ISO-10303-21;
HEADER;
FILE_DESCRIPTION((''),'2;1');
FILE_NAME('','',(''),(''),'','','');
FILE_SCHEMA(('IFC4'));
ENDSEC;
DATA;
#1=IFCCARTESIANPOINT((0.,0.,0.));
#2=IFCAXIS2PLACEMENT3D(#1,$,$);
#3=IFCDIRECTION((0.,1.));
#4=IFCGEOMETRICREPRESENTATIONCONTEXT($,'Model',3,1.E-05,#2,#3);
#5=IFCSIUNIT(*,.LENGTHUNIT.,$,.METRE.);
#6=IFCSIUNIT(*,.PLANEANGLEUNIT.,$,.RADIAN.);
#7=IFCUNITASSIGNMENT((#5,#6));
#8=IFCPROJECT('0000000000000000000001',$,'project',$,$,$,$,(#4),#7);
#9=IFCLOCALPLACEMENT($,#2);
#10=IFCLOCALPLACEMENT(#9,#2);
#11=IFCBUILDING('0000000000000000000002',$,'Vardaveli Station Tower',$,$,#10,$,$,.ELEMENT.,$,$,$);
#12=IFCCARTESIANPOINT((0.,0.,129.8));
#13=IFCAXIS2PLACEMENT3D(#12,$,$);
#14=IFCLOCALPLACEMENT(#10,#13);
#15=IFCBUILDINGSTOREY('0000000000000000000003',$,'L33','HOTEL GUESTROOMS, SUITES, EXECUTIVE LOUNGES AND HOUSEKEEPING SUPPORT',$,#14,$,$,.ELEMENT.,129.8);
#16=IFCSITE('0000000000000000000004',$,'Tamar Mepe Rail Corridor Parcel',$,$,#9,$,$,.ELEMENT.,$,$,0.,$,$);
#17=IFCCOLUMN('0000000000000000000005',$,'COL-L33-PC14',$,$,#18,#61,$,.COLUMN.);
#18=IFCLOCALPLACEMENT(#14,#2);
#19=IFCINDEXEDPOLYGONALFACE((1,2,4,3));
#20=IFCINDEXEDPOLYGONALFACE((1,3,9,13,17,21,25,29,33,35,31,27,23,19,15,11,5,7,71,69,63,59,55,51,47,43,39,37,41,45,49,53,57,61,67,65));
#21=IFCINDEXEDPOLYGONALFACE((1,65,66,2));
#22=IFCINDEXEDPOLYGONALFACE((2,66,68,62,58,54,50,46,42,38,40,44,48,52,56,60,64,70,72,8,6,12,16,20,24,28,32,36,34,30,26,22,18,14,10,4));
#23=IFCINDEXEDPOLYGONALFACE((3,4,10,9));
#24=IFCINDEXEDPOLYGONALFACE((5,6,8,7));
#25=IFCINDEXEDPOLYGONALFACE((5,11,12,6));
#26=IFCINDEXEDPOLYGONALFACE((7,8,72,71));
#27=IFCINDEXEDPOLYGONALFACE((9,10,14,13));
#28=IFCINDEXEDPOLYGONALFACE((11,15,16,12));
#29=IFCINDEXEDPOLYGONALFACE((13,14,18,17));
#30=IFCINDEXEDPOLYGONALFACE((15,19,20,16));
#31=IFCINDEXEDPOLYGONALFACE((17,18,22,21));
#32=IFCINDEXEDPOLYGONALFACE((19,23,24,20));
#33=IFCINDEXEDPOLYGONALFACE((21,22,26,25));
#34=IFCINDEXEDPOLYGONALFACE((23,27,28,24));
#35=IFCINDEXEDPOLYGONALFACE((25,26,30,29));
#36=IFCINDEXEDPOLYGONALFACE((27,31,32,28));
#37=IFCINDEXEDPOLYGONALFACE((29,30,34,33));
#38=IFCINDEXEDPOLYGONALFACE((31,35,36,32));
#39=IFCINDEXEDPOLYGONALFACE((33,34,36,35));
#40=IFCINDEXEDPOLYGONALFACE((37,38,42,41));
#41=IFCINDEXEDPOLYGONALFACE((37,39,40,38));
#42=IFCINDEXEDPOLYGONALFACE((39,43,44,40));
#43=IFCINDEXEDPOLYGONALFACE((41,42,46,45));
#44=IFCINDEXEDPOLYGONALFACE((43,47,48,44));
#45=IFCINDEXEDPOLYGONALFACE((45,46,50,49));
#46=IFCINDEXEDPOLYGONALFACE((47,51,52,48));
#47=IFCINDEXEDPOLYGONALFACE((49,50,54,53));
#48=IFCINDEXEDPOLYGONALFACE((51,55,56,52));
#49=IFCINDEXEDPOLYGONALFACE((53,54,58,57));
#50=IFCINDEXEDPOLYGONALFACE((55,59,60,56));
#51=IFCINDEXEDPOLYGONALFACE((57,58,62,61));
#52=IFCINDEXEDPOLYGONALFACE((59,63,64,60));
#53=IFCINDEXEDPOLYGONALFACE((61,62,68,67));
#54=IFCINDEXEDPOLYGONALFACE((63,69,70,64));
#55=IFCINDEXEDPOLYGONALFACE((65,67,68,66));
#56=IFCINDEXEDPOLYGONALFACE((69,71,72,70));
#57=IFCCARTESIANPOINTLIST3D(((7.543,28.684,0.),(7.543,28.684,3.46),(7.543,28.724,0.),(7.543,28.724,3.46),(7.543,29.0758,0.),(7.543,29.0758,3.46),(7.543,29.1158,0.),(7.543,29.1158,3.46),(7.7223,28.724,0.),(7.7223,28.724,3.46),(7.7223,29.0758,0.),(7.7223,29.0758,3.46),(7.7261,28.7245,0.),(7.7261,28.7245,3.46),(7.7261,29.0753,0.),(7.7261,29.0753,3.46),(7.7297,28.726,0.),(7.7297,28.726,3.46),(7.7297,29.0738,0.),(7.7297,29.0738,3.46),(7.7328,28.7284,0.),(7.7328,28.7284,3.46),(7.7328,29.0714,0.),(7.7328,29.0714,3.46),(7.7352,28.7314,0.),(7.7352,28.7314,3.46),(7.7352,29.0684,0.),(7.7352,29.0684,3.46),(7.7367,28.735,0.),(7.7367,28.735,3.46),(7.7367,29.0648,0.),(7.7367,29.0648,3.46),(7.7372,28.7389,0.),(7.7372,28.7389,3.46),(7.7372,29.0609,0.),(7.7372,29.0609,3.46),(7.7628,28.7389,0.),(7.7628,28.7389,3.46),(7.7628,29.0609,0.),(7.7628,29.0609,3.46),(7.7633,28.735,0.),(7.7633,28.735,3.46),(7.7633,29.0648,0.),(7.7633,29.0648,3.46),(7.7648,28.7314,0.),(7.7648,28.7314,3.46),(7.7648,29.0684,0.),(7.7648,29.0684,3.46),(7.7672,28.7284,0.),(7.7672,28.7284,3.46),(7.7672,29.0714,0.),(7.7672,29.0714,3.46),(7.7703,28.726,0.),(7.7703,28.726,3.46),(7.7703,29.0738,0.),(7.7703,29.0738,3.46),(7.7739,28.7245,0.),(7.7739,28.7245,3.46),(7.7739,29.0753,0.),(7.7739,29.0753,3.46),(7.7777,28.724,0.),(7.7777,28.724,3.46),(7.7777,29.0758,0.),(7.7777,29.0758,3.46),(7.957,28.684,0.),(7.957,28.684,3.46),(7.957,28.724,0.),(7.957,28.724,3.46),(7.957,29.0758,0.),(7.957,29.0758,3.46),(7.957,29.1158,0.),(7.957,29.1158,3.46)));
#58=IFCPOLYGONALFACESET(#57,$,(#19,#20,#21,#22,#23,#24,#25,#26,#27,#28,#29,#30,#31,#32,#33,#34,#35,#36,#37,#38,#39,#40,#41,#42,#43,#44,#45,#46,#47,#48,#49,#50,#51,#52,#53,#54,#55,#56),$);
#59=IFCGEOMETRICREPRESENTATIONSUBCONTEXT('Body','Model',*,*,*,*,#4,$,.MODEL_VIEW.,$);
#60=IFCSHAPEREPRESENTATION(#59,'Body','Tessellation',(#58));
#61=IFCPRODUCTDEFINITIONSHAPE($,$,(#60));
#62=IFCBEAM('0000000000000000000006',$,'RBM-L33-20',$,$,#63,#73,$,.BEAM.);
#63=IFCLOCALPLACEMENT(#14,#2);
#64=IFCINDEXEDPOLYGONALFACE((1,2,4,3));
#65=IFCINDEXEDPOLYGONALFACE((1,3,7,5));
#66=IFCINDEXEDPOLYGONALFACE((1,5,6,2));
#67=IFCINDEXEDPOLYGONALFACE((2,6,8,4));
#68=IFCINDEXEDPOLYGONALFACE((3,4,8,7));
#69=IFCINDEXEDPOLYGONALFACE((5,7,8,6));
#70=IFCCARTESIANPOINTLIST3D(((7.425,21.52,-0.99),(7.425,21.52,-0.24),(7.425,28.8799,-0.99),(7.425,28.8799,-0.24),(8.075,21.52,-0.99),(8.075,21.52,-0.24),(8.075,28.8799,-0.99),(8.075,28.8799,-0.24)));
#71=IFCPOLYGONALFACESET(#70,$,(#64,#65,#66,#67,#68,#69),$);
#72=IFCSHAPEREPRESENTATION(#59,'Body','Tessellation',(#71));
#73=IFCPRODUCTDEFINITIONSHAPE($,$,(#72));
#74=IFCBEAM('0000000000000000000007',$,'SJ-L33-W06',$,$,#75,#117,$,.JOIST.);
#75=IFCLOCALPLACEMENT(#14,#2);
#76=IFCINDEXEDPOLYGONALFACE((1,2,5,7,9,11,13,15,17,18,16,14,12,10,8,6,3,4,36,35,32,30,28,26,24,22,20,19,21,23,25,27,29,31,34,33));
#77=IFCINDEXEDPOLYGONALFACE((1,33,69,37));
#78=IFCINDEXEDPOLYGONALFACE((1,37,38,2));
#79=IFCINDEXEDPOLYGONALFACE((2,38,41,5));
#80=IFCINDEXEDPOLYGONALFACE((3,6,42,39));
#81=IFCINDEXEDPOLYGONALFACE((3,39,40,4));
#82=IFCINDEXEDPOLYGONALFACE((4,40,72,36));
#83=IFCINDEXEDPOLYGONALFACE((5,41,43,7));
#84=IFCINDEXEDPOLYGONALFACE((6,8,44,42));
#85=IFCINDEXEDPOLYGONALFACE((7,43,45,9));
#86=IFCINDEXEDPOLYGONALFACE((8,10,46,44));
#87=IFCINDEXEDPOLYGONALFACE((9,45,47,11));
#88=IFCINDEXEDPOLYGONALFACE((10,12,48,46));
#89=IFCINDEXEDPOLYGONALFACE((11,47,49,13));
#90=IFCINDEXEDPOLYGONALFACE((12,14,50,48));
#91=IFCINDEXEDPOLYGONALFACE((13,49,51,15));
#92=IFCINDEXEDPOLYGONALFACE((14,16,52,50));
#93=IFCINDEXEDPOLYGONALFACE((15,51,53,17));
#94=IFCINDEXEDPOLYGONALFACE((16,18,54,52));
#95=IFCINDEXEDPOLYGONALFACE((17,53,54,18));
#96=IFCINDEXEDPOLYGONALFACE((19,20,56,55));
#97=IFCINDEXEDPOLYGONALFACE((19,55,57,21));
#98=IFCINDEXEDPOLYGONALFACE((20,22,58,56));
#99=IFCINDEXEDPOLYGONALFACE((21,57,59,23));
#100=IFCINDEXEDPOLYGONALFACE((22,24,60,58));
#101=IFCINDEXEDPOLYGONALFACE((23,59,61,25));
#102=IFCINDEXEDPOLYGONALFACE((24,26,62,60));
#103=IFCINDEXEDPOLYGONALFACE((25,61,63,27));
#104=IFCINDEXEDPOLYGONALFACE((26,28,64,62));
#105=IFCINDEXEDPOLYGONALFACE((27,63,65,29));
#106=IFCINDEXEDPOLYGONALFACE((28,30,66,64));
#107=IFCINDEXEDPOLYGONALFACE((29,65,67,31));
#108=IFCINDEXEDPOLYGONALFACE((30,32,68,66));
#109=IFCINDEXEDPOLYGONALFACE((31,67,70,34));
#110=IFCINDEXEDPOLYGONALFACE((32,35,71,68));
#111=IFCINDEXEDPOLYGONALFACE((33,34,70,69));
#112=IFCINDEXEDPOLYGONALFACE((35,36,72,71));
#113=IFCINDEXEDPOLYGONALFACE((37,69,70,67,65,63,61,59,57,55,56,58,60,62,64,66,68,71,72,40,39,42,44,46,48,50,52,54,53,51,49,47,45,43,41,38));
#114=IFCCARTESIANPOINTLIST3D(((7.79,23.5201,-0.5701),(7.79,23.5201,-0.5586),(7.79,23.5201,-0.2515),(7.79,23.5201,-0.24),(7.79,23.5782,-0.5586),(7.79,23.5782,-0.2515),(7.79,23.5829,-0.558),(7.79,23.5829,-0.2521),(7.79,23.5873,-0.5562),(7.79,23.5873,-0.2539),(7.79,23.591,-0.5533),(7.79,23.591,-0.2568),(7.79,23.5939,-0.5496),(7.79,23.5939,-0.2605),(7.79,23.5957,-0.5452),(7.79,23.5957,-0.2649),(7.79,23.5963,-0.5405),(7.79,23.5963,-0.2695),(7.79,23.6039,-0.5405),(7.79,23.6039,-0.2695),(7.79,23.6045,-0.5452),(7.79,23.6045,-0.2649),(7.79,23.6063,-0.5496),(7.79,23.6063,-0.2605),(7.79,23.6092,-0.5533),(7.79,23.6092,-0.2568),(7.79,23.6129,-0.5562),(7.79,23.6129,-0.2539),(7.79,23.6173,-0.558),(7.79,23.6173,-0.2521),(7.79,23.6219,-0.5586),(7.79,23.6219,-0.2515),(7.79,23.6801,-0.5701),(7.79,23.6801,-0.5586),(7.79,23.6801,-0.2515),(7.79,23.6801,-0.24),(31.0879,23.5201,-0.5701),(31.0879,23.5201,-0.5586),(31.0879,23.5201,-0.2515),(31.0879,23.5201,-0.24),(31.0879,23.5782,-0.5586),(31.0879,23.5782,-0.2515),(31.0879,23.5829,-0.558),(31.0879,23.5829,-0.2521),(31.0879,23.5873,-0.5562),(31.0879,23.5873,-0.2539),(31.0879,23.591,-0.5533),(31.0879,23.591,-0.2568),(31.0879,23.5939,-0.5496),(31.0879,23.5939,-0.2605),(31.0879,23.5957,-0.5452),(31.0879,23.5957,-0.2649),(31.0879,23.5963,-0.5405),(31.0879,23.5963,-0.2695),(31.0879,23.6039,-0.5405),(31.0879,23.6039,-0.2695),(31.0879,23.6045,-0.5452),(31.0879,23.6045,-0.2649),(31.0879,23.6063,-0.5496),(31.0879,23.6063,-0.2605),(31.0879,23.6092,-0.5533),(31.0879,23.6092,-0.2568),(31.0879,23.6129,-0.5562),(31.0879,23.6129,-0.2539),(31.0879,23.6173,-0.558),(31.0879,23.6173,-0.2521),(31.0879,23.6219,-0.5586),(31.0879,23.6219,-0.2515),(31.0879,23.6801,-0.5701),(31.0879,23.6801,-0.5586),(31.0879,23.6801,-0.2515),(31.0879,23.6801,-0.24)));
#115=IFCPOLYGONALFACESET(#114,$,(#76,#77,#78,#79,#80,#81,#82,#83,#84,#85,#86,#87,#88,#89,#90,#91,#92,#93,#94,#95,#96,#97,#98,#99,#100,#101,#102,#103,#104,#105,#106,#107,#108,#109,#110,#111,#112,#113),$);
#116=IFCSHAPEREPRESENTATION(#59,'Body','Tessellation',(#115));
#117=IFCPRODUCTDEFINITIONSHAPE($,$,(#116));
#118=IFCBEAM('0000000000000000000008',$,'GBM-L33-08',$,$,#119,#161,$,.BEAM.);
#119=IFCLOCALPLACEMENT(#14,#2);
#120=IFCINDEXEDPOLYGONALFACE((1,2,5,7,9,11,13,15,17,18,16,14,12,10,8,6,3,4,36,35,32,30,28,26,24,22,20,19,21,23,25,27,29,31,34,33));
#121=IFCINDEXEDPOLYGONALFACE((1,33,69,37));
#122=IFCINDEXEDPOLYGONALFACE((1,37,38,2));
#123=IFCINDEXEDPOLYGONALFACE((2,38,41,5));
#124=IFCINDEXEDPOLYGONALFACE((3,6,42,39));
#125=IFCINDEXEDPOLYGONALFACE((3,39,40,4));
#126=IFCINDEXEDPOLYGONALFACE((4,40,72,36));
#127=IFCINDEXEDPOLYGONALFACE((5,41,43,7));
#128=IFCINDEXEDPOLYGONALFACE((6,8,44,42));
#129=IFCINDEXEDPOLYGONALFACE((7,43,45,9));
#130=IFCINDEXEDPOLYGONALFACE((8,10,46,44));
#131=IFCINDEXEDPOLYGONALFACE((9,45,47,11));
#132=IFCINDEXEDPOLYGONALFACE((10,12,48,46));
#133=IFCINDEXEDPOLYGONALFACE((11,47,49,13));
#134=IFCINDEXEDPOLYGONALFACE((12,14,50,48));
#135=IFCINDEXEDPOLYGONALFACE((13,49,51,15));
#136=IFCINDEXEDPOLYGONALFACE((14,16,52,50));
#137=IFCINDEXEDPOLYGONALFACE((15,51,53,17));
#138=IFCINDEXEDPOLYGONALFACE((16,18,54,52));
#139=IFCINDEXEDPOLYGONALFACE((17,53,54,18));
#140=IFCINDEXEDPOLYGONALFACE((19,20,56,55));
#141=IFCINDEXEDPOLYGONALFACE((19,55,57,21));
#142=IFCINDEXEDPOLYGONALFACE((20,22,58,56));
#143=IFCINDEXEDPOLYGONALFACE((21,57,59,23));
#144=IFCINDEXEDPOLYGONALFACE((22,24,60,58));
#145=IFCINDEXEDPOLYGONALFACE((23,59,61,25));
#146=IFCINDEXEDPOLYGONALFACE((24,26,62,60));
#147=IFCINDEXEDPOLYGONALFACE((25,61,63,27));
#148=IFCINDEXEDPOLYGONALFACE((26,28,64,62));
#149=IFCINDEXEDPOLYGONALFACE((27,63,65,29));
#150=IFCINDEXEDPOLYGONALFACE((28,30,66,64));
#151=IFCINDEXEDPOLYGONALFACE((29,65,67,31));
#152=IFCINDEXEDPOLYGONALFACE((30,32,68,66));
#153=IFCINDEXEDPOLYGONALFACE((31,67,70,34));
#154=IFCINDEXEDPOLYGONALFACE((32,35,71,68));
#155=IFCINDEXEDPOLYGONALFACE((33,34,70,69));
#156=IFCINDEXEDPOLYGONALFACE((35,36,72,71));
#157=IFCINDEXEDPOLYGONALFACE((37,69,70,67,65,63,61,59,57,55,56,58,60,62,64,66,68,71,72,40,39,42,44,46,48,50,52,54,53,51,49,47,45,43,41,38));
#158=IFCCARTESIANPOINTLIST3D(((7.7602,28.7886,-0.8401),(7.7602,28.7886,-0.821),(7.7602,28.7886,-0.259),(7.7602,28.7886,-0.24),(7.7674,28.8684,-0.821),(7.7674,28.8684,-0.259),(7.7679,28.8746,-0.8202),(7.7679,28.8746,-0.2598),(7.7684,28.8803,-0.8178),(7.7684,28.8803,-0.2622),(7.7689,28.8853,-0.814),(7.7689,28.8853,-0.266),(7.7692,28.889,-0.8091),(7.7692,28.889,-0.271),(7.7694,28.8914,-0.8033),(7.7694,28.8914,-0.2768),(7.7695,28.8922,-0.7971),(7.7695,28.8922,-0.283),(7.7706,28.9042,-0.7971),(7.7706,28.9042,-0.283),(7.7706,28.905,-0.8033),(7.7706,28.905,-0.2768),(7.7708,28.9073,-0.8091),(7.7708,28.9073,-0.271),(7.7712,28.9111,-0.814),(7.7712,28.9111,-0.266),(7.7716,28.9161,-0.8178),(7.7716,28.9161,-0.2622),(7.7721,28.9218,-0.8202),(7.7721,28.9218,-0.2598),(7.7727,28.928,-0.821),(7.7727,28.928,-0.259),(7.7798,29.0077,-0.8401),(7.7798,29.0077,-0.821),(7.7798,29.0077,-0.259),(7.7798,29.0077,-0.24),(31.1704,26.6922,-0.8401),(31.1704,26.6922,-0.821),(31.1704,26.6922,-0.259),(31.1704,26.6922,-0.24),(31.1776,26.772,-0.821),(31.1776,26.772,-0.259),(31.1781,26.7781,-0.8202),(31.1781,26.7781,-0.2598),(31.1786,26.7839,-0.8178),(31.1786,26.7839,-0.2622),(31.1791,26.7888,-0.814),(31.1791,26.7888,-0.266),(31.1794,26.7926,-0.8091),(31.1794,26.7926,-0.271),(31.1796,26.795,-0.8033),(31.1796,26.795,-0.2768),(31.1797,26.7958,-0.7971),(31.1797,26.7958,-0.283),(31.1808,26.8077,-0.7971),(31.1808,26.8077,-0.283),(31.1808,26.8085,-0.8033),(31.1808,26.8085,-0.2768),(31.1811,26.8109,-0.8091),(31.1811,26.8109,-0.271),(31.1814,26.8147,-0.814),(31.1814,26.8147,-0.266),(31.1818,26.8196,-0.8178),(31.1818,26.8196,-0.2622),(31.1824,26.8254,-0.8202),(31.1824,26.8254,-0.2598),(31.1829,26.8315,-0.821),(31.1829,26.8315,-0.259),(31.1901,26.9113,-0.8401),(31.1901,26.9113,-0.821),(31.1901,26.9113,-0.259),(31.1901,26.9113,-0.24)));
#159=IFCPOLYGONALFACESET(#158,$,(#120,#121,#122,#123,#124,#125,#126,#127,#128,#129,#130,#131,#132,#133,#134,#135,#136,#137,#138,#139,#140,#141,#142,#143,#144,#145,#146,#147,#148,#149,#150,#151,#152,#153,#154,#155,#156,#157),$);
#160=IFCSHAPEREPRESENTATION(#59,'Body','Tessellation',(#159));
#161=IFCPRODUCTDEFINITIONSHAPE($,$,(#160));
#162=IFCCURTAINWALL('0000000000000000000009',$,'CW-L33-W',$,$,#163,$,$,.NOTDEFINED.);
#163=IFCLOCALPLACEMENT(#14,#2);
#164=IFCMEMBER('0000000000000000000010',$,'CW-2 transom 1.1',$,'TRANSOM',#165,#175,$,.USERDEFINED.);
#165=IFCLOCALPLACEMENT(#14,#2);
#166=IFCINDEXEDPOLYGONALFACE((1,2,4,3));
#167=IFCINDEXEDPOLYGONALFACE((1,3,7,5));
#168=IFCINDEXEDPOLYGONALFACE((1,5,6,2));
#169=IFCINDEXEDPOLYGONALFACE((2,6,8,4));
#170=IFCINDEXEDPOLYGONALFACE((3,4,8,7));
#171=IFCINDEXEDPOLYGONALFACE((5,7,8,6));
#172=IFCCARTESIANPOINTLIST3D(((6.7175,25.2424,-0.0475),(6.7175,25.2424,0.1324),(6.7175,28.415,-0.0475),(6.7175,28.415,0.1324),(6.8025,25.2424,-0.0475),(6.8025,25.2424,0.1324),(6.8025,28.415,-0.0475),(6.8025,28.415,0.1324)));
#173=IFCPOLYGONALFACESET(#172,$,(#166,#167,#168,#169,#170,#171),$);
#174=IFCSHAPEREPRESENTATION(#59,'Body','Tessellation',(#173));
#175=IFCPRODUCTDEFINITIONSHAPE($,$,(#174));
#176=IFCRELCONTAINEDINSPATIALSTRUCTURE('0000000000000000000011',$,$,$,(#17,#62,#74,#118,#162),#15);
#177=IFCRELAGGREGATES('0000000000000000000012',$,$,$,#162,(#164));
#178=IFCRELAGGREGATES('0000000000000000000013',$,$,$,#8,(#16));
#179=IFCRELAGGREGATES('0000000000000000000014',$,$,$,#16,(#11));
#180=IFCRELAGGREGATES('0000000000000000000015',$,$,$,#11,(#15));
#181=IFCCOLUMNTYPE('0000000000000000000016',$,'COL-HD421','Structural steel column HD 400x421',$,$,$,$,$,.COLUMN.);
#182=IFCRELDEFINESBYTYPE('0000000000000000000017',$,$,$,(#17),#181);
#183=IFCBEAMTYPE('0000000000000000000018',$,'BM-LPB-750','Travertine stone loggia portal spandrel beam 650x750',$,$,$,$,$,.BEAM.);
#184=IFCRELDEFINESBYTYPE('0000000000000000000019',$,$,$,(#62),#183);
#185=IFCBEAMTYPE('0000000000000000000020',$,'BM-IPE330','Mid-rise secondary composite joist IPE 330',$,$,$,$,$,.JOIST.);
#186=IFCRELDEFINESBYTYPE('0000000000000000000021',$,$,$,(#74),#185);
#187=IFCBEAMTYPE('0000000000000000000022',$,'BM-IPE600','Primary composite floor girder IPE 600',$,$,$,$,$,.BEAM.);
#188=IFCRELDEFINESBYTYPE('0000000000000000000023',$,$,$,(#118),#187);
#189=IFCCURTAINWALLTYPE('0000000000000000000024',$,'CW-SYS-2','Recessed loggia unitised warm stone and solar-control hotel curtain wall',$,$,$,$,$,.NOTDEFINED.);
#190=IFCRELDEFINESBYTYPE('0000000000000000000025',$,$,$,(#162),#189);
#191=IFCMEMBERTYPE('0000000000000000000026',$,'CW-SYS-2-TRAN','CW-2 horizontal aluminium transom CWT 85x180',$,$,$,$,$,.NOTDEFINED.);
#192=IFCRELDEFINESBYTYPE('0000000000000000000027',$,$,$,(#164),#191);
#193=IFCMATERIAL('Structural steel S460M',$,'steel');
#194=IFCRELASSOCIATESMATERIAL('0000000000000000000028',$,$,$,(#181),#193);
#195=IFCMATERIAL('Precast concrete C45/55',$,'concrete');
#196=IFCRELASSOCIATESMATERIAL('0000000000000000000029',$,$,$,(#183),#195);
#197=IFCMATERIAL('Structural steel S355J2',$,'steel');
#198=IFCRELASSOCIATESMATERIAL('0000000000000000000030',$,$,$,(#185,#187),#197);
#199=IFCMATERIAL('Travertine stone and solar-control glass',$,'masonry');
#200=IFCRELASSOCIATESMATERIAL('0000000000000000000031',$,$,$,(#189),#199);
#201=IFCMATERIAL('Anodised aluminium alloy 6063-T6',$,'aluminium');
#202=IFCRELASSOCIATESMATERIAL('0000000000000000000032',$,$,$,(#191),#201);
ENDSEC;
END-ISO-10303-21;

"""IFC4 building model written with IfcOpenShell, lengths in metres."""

from ifc_helpers import new_model, si_unit, direction, frame, origin, origin_2d, place, context, subcontext, project, spatial, rectangle, i_section, extrude, source, transform, mapped, material, material_profile, profile_set, type_object, element, aggregate, save


model = new_model("IFC4")

# Units and contexts
model_context = context("Model", 3, precision=1e-05, world=origin(), true_north=direction((0.0, 1.0)))
body_context = subcontext(model_context, "Body", "Model", "MODEL_VIEW")
ifc_project = project(units=[si_unit("LENGTHUNIT", "METRE"), si_unit("PLANEANGLEUNIT", "RADIAN")], contexts=[model_context])

# Site, building, storey
site_placement = place(None, origin())
site = spatial("IfcSite", under=ifc_project, at=site_placement, Name="Tamar Mepe Rail Corridor Parcel", CompositionType="ELEMENT", RefElevation=0.0)
building_placement = place(site_placement, origin())
building = spatial("IfcBuilding", under=site, at=building_placement, Name="Vardaveli Station Tower", CompositionType="ELEMENT")
storey_placement = place(building_placement, frame((0.0, 0.0, 129.8)))
storey = spatial("IfcBuildingStorey", under=building, at=storey_placement, Name="L33", Description="HOTEL GUESTROOMS, SUITES, EXECUTIVE LOUNGES AND HOUSEKEEPING SUPPORT", CompositionType="ELEMENT", Elevation=129.8)

# Column
ifc_material_1 = material(Name="Structural steel S460M", Category="steel")
ifc_material_profile_1 = material_profile(ifc_material_1, i_section(OverallWidth=0.4141, OverallDepth=0.4319, WebThickness=0.0256, FlangeThickness=0.04, FilletRadius=0.0149, at=origin_2d()), Name="HD 400x421")
ifc_profile_set_1 = profile_set([ifc_material_profile_1], Name="Structural steel S460M")
column_type = type_object("IfcColumnType", Name="COL-HD421", Description="Structural steel column HD 400x421", PredefinedType="COLUMN", material=ifc_profile_set_1)
shared_shape_1 = source(origin(), body_context, "Body", "SweptSolid", [
    extrude(i_section(OverallWidth=0.4141, OverallDepth=0.4319, WebThickness=0.0256, FlangeThickness=0.04, FilletRadius=0.0149, at=origin_2d()), origin(), (0.0, 0.0, 1.0), 3.46),
])
column_placement = place(storey_placement, frame((7.75, 28.8999, 0.0), z_axis=(0.0, 0.0, 1.0), x_axis=(1.0, 0.0, 0.0)))
element("IfcColumn", 1, at=column_placement, inside=storey, type_object=column_type, Name="COL-L33-PC14", PredefinedType="COLUMN", context=body_context, shape_type="MappedRepresentation", body=[
    mapped(shared_shape_1, transform((0.0, 0.0, 0.0), scale=1.0)),
])

# Beams
ifc_material_2 = material(Name="Precast concrete C45/55", Category="concrete")
ifc_material_profile_2 = material_profile(ifc_material_2, rectangle(XDim=0.6499, YDim=0.75, at=origin_2d()), Name="LPB 650x750")
ifc_profile_set_2 = profile_set([ifc_material_profile_2], Name="Precast concrete C45/55")
beam_type_1 = type_object("IfcBeamType", Name="BM-LPB-750", Description="Travertine stone loggia portal spandrel beam 650x750", PredefinedType="BEAM", material=ifc_profile_set_2)
shared_shape_2 = source(origin(), body_context, "Body", "SweptSolid", [
    extrude(rectangle(XDim=0.6499, YDim=0.75, at=origin_2d()), origin(), (0.0, 0.0, 1.0), 7.3599),
])
beam_1_placement = place(storey_placement, frame((7.75, 28.8799, -0.615), z_axis=(0.0, -1.0, 0.0), x_axis=(1.0, 0.0, 0.0)))
element("IfcBeam", 2, at=beam_1_placement, inside=storey, type_object=beam_type_1, Name="RBM-L33-20", PredefinedType="BEAM", context=body_context, shape_type="MappedRepresentation", body=[
    mapped(shared_shape_2, transform((0.0, 0.0, 0.0), scale=1.0)),
])
ifc_material_3 = material(Name="Structural steel S355J2", Category="steel")
ifc_material_profile_3 = material_profile(ifc_material_3, i_section(OverallWidth=0.1599, OverallDepth=0.3301, WebThickness=0.0076, FlangeThickness=0.0115, FilletRadius=0.0181, at=origin_2d()), Name="IPE 330")
ifc_profile_set_3 = profile_set([ifc_material_profile_3], Name="Structural steel S355J2")
beam_type_2 = type_object("IfcBeamType", Name="BM-IPE330", Description="Mid-rise secondary composite joist IPE 330", PredefinedType="JOIST", material=ifc_profile_set_3)
shared_shape_3 = source(origin(), body_context, "Body", "SweptSolid", [
    extrude(i_section(OverallWidth=0.1599, OverallDepth=0.3301, WebThickness=0.0076, FlangeThickness=0.0115, FilletRadius=0.0181, at=origin_2d()), origin(), (0.0, 0.0, 1.0), 23.2979),
])
beam_2_placement = place(storey_placement, frame((7.79, 23.6001, -0.405), z_axis=(1.0, 0.0, 0.0), x_axis=(0.0, 1.0, 0.0)))
element("IfcBeam", 3, at=beam_2_placement, inside=storey, type_object=beam_type_2, Name="SJ-L33-W06", PredefinedType="JOIST", context=body_context, shape_type="MappedRepresentation", body=[
    mapped(shared_shape_3, transform((0.0, 0.0, 0.0), scale=1.0)),
])
ifc_material_profile_4 = material_profile(ifc_material_3, i_section(OverallWidth=0.22, OverallDepth=0.6001, WebThickness=0.012, FlangeThickness=0.019, FilletRadius=0.0239, at=origin_2d()), Name="IPE 600")
ifc_profile_set_4 = profile_set([ifc_material_profile_4], Name="Structural steel S355J2")
beam_type_3 = type_object("IfcBeamType", Name="BM-IPE600", Description="Primary composite floor girder IPE 600", PredefinedType="BEAM", material=ifc_profile_set_4)
shared_shape_4 = source(origin(), body_context, "Body", "SweptSolid", [
    extrude(i_section(OverallWidth=0.22, OverallDepth=0.6001, WebThickness=0.012, FlangeThickness=0.019, FilletRadius=0.0239, at=origin_2d()), origin(), (0.0, 0.0, 1.0), 23.5039),
])
beam_3_placement = place(storey_placement, frame((7.77, 28.8982, -0.54), z_axis=(0.996014, -0.089195, 0.0), x_axis=(0.089195, 0.996014, 0.0)))
element("IfcBeam", 4, at=beam_3_placement, inside=storey, type_object=beam_type_3, Name="GBM-L33-08", PredefinedType="BEAM", context=body_context, shape_type="MappedRepresentation", body=[
    mapped(shared_shape_4, transform((0.0, 0.0, 0.0), scale=1.0)),
])

# Curtain wall, member
ifc_material_4 = material(Name="Travertine stone and solar-control glass", Category="masonry")
curtain_wall_type = type_object("IfcCurtainWallType", Name="CW-SYS-2", Description="Recessed loggia unitised warm stone and solar-control hotel curtain wall", PredefinedType="NOTDEFINED", material=ifc_material_4)
curtain_wall_placement = place(storey_placement, origin())
curtain_wall = element("IfcCurtainWall", 5, at=curtain_wall_placement, inside=storey, type_object=curtain_wall_type, Name="CW-L33-W", PredefinedType="NOTDEFINED")
ifc_material_5 = material(Name="Anodised aluminium alloy 6063-T6", Category="aluminium")
ifc_material_profile_5 = material_profile(ifc_material_5, rectangle(XDim=0.085, YDim=0.1799, at=origin_2d()), Name="CWT 85x180")
ifc_profile_set_5 = profile_set([ifc_material_profile_5], Name="Anodised aluminium alloy 6063-T6")
member_type_1 = type_object("IfcMemberType", Name="CW-SYS-2-TRAN", Description="CW-2 horizontal aluminium transom CWT 85x180", PredefinedType="NOTDEFINED", material=ifc_profile_set_5)
shared_shape_5 = source(origin(), body_context, "Body", "SweptSolid", [
    extrude(rectangle(XDim=0.085, YDim=0.1799, at=origin_2d()), origin(), (0.0, 0.0, 1.0), 3.1726),
])
member_1_placement = place(storey_placement, frame((6.76, 28.415, 0.0425), z_axis=(0.0, -1.0, 0.0), x_axis=(1.0, 0.0, 0.0)))
member_1 = element("IfcMember", 6, at=member_1_placement, type_object=member_type_1, Name="CW-2 transom 1.1", ObjectType="TRANSOM", PredefinedType="USERDEFINED", context=body_context, shape_type="MappedRepresentation", body=[
    mapped(shared_shape_5, transform((0.0, 0.0, 0.0), scale=1.0)),
])
aggregate(curtain_wall, [member_1])

save(model, "model.ifc")
